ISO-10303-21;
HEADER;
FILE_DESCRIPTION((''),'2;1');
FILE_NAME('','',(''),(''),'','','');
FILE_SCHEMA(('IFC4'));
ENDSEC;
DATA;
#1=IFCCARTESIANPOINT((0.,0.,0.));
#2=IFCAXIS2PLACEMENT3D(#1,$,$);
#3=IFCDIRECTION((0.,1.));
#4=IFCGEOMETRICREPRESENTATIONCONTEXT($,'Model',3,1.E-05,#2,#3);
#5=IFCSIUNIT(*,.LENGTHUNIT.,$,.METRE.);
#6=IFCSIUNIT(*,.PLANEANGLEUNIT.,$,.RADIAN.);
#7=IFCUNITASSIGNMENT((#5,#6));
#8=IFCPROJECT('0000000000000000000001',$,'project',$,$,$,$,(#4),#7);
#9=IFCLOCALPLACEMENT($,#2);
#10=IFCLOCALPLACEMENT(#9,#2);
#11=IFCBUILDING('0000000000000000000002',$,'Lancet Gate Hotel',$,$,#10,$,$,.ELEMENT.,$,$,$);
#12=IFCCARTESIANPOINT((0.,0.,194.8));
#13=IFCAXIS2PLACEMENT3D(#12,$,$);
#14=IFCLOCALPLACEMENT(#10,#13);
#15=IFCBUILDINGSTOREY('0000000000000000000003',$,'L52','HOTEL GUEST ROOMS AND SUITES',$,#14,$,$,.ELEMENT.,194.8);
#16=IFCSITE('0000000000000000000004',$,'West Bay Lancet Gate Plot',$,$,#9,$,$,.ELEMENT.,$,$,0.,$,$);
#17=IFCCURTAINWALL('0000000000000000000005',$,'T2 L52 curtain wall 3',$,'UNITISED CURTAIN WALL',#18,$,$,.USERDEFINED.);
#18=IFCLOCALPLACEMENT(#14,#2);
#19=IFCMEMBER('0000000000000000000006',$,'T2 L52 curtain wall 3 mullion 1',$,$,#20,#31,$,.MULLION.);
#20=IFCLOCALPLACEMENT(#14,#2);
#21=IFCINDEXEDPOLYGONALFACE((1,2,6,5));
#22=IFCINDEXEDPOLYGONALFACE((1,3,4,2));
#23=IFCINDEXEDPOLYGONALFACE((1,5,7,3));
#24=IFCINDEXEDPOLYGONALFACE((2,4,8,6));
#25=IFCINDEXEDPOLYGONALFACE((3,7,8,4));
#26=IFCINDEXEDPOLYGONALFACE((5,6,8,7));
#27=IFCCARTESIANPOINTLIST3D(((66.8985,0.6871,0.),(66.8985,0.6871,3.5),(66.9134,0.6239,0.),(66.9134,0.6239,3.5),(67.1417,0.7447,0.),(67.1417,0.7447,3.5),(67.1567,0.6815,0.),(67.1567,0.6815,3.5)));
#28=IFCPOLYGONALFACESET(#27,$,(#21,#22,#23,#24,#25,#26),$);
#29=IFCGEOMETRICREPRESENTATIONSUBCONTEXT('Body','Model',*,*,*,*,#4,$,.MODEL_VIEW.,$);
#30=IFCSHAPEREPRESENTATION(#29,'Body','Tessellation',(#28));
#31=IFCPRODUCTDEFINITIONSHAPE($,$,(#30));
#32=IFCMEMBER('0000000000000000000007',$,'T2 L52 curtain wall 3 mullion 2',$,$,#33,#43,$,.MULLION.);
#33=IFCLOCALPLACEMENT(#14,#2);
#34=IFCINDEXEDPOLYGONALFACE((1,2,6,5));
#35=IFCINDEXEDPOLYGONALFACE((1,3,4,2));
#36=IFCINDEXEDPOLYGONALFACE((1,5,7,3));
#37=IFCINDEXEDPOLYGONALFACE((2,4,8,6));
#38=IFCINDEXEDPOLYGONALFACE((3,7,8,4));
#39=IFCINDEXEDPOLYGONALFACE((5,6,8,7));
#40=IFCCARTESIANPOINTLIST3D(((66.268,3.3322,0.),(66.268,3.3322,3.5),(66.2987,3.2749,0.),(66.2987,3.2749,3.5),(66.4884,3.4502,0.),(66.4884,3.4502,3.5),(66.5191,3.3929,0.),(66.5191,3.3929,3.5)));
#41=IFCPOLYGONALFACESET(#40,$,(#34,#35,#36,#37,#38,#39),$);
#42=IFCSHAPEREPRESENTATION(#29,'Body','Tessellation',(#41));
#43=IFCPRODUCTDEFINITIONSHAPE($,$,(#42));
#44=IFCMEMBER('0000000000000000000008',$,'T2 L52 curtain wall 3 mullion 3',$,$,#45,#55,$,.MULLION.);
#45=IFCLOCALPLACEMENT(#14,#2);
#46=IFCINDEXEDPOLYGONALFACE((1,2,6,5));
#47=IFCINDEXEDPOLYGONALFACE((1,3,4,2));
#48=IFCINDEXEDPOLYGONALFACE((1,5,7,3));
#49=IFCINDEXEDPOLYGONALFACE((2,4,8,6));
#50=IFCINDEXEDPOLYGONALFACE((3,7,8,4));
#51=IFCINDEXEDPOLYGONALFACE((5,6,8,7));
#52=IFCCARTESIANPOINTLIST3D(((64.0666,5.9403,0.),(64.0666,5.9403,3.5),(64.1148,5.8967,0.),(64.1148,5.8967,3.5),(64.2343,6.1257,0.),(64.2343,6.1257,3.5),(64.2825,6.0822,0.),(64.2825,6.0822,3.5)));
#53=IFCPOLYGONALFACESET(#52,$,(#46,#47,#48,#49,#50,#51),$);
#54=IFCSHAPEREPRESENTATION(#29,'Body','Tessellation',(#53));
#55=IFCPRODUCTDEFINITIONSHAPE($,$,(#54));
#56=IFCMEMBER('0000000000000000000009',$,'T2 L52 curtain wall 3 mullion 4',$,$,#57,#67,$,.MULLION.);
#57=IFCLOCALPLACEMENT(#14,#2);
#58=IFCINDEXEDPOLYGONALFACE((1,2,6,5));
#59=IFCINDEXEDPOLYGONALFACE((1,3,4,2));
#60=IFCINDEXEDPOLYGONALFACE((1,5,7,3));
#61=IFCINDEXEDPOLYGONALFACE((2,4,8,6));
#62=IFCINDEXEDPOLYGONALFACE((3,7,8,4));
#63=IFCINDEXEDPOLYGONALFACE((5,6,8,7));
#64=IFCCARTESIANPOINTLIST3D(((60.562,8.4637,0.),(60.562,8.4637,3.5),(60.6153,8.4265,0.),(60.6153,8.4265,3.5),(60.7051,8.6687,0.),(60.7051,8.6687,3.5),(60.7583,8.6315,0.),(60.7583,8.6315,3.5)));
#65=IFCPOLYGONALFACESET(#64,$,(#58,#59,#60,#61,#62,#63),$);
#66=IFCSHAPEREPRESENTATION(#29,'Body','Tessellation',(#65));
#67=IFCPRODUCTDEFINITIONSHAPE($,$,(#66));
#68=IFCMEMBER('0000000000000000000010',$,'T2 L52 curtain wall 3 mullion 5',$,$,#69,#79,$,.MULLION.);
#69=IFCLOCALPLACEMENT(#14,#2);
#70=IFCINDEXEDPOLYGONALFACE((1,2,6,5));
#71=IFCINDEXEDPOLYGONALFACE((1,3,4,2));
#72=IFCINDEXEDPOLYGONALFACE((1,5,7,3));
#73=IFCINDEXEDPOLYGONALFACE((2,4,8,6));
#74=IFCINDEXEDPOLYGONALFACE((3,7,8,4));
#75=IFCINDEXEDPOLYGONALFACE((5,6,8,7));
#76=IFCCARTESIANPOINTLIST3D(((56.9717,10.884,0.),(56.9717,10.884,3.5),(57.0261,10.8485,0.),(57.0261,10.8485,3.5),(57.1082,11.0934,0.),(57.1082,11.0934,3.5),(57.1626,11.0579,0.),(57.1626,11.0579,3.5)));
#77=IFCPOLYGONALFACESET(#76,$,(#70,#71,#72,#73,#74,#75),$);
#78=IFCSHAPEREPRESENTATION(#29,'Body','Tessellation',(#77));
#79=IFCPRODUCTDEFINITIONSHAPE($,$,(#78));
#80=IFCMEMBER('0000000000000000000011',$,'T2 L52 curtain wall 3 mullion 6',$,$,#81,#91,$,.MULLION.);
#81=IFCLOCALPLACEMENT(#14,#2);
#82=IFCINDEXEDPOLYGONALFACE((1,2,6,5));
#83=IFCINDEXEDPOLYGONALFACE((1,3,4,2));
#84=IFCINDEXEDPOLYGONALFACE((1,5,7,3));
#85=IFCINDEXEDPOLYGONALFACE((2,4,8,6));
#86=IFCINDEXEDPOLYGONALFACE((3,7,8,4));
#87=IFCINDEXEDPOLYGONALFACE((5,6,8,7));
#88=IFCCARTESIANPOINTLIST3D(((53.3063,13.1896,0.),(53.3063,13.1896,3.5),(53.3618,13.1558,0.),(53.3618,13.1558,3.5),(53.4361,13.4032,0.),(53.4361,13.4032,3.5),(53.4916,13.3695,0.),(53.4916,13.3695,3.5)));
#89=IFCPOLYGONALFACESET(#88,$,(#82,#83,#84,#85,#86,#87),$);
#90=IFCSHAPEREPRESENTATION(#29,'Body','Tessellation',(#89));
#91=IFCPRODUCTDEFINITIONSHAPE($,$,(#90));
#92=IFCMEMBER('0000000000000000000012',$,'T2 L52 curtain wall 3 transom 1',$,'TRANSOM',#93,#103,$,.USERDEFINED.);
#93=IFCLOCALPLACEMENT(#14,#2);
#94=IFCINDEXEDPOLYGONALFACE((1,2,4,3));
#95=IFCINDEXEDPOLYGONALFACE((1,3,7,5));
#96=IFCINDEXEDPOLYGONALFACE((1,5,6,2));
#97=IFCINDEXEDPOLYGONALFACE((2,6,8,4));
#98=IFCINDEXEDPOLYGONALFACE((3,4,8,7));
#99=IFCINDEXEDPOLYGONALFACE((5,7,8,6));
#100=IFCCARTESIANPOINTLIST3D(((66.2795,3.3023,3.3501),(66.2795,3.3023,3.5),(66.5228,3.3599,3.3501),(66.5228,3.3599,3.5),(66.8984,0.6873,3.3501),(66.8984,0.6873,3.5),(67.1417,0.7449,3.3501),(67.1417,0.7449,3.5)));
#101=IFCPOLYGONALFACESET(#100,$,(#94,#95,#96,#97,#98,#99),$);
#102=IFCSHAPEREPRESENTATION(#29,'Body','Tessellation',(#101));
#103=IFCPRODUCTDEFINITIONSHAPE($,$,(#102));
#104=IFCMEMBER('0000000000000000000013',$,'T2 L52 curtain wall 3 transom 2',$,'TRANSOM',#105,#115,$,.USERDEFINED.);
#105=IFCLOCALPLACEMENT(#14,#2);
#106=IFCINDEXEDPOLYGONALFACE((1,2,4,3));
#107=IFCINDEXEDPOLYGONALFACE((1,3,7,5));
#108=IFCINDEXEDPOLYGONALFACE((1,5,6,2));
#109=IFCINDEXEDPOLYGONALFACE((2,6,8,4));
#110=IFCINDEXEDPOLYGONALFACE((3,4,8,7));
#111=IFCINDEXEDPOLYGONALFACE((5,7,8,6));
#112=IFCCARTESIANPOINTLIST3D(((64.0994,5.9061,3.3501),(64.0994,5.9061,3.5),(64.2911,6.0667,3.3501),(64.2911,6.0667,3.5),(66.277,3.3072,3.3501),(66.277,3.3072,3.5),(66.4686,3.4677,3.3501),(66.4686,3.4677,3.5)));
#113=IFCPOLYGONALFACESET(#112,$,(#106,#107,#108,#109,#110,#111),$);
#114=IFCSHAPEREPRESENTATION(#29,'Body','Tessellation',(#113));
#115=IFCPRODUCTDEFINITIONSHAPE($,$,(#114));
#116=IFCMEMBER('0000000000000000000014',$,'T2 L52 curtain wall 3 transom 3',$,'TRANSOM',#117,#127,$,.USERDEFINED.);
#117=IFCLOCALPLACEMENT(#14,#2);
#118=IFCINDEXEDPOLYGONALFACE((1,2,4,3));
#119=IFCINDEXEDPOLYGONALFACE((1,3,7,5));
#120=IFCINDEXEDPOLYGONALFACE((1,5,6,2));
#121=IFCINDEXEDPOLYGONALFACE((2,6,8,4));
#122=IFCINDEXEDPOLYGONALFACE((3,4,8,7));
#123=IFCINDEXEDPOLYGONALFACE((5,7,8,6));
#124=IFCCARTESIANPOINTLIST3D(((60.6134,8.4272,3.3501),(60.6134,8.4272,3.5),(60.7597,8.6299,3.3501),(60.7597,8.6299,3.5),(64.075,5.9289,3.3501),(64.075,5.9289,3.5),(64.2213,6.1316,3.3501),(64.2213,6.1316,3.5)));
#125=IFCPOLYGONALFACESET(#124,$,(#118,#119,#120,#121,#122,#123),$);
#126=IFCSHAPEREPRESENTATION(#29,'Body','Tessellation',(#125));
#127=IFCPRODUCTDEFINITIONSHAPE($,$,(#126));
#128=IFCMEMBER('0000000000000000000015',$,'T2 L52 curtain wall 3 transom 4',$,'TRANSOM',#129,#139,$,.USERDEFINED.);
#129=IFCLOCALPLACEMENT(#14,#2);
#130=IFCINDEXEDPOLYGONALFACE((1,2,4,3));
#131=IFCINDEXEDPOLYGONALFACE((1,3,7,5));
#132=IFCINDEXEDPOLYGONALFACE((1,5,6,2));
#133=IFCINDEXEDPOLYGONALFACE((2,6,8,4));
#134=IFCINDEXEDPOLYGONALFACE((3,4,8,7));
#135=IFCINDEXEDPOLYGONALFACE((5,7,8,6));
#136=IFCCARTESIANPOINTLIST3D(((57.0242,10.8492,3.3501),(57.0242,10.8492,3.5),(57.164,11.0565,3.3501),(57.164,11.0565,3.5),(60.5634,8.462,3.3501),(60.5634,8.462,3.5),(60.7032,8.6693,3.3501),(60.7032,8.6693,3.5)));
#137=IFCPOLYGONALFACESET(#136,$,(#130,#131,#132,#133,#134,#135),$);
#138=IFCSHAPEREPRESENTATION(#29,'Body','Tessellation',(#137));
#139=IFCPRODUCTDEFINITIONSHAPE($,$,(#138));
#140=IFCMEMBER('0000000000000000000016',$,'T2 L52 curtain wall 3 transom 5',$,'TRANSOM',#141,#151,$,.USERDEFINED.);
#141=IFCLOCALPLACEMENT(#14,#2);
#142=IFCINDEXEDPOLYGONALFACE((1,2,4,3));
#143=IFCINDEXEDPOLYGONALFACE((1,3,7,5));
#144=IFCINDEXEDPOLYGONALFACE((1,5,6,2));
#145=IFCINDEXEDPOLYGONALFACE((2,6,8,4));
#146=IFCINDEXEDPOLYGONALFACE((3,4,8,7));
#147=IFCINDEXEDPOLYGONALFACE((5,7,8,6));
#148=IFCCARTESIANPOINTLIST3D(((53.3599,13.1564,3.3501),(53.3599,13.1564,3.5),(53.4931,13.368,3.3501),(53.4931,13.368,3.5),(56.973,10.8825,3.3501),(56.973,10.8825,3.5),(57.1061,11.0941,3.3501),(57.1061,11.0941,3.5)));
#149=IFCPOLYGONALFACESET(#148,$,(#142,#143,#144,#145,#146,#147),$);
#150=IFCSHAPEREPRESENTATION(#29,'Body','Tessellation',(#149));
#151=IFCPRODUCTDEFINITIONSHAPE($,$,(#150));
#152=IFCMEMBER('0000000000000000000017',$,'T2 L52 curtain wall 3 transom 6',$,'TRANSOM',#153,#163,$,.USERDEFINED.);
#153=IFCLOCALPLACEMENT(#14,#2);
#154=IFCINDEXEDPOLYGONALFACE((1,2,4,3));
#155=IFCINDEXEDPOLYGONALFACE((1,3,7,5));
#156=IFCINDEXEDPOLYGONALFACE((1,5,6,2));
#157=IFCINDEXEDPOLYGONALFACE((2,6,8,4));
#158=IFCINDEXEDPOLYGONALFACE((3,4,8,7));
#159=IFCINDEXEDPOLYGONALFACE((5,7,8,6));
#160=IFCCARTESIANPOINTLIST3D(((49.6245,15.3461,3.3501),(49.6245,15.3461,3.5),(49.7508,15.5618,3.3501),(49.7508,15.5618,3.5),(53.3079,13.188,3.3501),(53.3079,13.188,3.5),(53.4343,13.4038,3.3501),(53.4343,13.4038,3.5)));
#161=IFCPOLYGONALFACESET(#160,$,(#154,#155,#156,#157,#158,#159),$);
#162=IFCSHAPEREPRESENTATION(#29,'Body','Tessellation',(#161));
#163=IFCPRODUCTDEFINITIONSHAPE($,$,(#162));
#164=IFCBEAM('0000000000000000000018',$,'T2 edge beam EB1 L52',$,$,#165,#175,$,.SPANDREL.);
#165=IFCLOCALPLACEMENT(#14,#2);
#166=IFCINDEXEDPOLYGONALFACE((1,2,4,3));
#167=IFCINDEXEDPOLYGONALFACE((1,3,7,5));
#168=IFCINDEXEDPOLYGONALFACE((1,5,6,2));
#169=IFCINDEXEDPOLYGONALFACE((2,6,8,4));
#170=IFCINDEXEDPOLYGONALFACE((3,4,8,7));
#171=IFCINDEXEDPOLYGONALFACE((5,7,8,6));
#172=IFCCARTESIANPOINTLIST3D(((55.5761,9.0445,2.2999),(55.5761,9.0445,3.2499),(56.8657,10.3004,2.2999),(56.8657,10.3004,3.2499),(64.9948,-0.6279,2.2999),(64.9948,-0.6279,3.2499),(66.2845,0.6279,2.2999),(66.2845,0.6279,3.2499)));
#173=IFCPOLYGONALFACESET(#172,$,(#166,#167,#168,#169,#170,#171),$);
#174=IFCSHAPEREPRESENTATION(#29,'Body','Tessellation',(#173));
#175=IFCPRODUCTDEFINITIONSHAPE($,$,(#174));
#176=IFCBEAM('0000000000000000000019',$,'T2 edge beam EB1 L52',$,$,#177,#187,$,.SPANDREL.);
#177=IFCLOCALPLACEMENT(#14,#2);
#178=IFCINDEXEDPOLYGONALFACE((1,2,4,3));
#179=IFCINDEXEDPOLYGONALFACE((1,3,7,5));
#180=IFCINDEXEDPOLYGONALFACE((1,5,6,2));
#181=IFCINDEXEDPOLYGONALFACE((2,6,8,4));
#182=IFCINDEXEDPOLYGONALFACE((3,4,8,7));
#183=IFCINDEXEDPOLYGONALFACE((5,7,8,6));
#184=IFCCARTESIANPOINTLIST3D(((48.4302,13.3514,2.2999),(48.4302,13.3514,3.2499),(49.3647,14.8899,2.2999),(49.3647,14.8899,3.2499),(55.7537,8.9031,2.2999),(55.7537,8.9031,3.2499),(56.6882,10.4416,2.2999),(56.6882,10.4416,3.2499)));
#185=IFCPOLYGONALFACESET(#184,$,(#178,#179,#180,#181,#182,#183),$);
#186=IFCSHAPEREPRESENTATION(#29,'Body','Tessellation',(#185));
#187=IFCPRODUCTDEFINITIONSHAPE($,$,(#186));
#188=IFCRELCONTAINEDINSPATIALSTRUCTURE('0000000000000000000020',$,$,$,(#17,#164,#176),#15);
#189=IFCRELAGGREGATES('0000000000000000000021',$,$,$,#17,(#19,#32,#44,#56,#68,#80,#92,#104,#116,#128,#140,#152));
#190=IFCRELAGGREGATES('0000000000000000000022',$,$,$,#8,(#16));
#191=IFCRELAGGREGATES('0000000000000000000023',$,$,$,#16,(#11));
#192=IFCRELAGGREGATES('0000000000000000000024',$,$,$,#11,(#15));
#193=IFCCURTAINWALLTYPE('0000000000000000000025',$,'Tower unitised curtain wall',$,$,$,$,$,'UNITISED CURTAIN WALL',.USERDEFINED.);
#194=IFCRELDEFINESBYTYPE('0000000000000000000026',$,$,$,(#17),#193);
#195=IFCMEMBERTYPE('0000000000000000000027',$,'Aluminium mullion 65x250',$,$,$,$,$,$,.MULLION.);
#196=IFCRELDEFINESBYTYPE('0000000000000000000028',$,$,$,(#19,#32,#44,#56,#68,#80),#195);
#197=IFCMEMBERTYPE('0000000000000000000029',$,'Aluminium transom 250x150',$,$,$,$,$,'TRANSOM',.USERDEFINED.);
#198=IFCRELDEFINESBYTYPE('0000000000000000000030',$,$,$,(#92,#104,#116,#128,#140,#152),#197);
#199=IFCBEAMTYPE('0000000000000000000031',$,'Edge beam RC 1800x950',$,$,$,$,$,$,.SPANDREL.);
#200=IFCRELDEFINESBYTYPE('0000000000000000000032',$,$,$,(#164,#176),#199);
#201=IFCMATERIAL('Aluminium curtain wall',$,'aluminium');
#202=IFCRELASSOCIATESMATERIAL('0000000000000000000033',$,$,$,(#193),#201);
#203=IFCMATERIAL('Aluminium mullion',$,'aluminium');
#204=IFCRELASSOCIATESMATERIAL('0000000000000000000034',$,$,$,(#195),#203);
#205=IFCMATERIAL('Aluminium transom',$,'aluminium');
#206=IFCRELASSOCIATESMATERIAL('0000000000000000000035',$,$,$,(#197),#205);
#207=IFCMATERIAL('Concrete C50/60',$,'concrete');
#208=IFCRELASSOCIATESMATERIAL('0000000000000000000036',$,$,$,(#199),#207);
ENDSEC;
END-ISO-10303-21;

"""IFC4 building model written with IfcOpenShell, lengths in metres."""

from ifc_helpers import new_model, si_unit, direction, frame, origin, origin_2d, place, context, subcontext, project, spatial, rectangle, extrude, material, material_profile, profile_set, type_object, element, aggregate, save


model = new_model("IFC4")

# Units and contexts
model_context = context("Model", 3, precision=1e-05, world=origin(), true_north=direction((0.0, 1.0)))
body_context = subcontext(model_context, "Body", "Model", "MODEL_VIEW")
ifc_project = project(units=[si_unit("LENGTHUNIT", "METRE"), si_unit("PLANEANGLEUNIT", "RADIAN")], contexts=[model_context])

# Site, building, storey
site_placement = place(None, origin())
site = spatial("IfcSite", under=ifc_project, at=site_placement, Name="West Bay Lancet Gate Plot", CompositionType="ELEMENT", RefElevation=0.0)
building_placement = place(site_placement, origin())
building = spatial("IfcBuilding", under=site, at=building_placement, Name="Lancet Gate Hotel", CompositionType="ELEMENT")
storey_placement = place(building_placement, frame((0.0, 0.0, 194.8)))
storey = spatial("IfcBuildingStorey", under=building, at=storey_placement, Name="L52", Description="HOTEL GUEST ROOMS AND SUITES", CompositionType="ELEMENT", Elevation=194.8)

# Curtain wall, members
ifc_material_1 = material(Name="Aluminium curtain wall", Category="aluminium")
curtain_wall_type = type_object("IfcCurtainWallType", Name="Tower unitised curtain wall", ElementType="UNITISED CURTAIN WALL", PredefinedType="USERDEFINED", material=ifc_material_1)
curtain_wall_placement = place(storey_placement, origin())
curtain_wall = element("IfcCurtainWall", 1, at=curtain_wall_placement, inside=storey, type_object=curtain_wall_type, Name="T2 L52 curtain wall 3", ObjectType="UNITISED CURTAIN WALL", PredefinedType="USERDEFINED")
ifc_material_2 = material(Name="Aluminium mullion", Category="aluminium")
ifc_material_profile_1 = material_profile(ifc_material_2, rectangle(XDim=0.0649, YDim=0.25, at=origin_2d()), Name="MULLION 65x250")
ifc_profile_set_1 = profile_set([ifc_material_profile_1], Name="Aluminium mullion")
member_type_1 = type_object("IfcMemberType", Name="Aluminium mullion 65x250", PredefinedType="MULLION", material=ifc_profile_set_1)
member_1_placement = place(storey_placement, frame((67.0276, 0.6843, 0.0), z_axis=(0.0, 0.0, 1.0), x_axis=(-0.230367, 0.973104, 0.0)))
member_1 = element("IfcMember", 2, at=member_1_placement, type_object=member_type_1, Name="T2 L52 curtain wall 3 mullion 1", PredefinedType="MULLION", context=body_context, shape_type="SweptSolid", body=[
    extrude(rectangle(XDim=0.0649, YDim=0.25, at=origin_2d()), origin(), (0.0, 0.0, 1.0), 3.5),
])
member_2_placement = place(storey_placement, frame((66.3936, 3.3625, 0.0), z_axis=(0.0, 0.0, 1.0), x_axis=(-0.472146, 0.88152, 0.0)))
member_2 = element("IfcMember", 3, at=member_2_placement, type_object=member_type_1, Name="T2 L52 curtain wall 3 mullion 2", PredefinedType="MULLION", context=body_context, shape_type="SweptSolid", body=[
    extrude(rectangle(XDim=0.0649, YDim=0.25, at=origin_2d()), origin(), (0.0, 0.0, 1.0), 3.5),
])
member_3_placement = place(storey_placement, frame((64.1746, 6.0112, 0.0), z_axis=(0.0, 0.0, 1.0), x_axis=(-0.741693, 0.670739, 0.0)))
member_3 = element("IfcMember", 4, at=member_3_placement, type_object=member_type_1, Name="T2 L52 curtain wall 3 mullion 3", PredefinedType="MULLION", context=body_context, shape_type="SweptSolid", body=[
    extrude(rectangle(XDim=0.0649, YDim=0.25, at=origin_2d()), origin(), (0.0, 0.0, 1.0), 3.5),
])
member_4_placement = place(storey_placement, frame((60.6602, 8.5476, 0.0), z_axis=(0.0, 0.0, 1.0), x_axis=(-0.820068, 0.572266, 0.0)))
member_4 = element("IfcMember", 5, at=member_4_placement, type_object=member_type_1, Name="T2 L52 curtain wall 3 mullion 4", PredefinedType="MULLION", context=body_context, shape_type="SweptSolid", body=[
    extrude(rectangle(XDim=0.0649, YDim=0.25, at=origin_2d()), origin(), (0.0, 0.0, 1.0), 3.5),
])
member_5_placement = place(storey_placement, frame((57.0671, 10.9709, 0.0), z_axis=(0.0, 0.0, 1.0), x_axis=(-0.837801, 0.545976, 0.0)))
member_5 = element("IfcMember", 6, at=member_5_placement, type_object=member_type_1, Name="T2 L52 curtain wall 3 mullion 5", PredefinedType="MULLION", context=body_context, shape_type="SweptSolid", body=[
    extrude(rectangle(XDim=0.0649, YDim=0.25, at=origin_2d()), origin(), (0.0, 0.0, 1.0), 3.5),
])
member_6_placement = place(storey_placement, frame((53.3989, 13.2795, 0.0), z_axis=(0.0, 0.0, 1.0), x_axis=(-0.854691, 0.519137, 0.0)))
member_6 = element("IfcMember", 7, at=member_6_placement, type_object=member_type_1, Name="T2 L52 curtain wall 3 mullion 6", PredefinedType="MULLION", context=body_context, shape_type="SweptSolid", body=[
    extrude(rectangle(XDim=0.0649, YDim=0.25, at=origin_2d()), origin(), (0.0, 0.0, 1.0), 3.5),
])
ifc_material_3 = material(Name="Aluminium transom", Category="aluminium")
ifc_material_profile_2 = material_profile(ifc_material_3, rectangle(XDim=0.25, YDim=0.1499, at=origin_2d()), Name="TRANSOM 250x150")
ifc_profile_set_2 = profile_set([ifc_material_profile_2], Name="Aluminium transom")
member_type_2 = type_object("IfcMemberType", Name="Aluminium transom 250x150", ElementType="TRANSOM", PredefinedType="USERDEFINED", material=ifc_profile_set_2)
member_7_placement = place(storey_placement, frame((67.02, 0.7161, 3.425), z_axis=(-0.23031, 0.973117, 0.0), x_axis=(-0.973117, -0.23031, 0.0)))
member_7 = element("IfcMember", 8, at=member_7_placement, type_object=member_type_2, Name="T2 L52 curtain wall 3 transom 1", ObjectType="TRANSOM", PredefinedType="USERDEFINED", context=body_context, shape_type="SweptSolid", body=[
    extrude(rectangle(XDim=0.25, YDim=0.1499, at=origin_2d()), origin(), (0.0, 0.0, 1.0), 2.6873),
])
member_8_placement = place(storey_placement, frame((66.3728, 3.3875, 3.425), z_axis=(-0.642229, 0.766513, 0.0), x_axis=(-0.766513, -0.642229, 0.0)))
member_8 = element("IfcMember", 9, at=member_8_placement, type_object=member_type_2, Name="T2 L52 curtain wall 3 transom 2", ObjectType="TRANSOM", PredefinedType="USERDEFINED", context=body_context, shape_type="SweptSolid", body=[
    extrude(rectangle(XDim=0.25, YDim=0.1499, at=origin_2d()), origin(), (0.0, 0.0, 1.0), 3.3906),
])
member_9_placement = place(storey_placement, frame((64.1482, 6.0303, 3.425), z_axis=(-0.81088, 0.585213, 0.0), x_axis=(-0.585213, -0.81088, 0.0)))
member_9 = element("IfcMember", 10, at=member_9_placement, type_object=member_type_2, Name="T2 L52 curtain wall 3 transom 3", ObjectType="TRANSOM", PredefinedType="USERDEFINED", context=body_context, shape_type="SweptSolid", body=[
    extrude(rectangle(XDim=0.25, YDim=0.1499, at=origin_2d()), origin(), (0.0, 0.0, 1.0), 4.269),
])
member_10_placement = place(storey_placement, frame((60.6333, 8.5657, 3.425), z_axis=(-0.829047, 0.559179, 0.0), x_axis=(-0.559179, -0.829047, 0.0)))
member_10 = element("IfcMember", 11, at=member_10_placement, type_object=member_type_2, Name="T2 L52 curtain wall 3 transom 4", ObjectType="TRANSOM", PredefinedType="USERDEFINED", context=body_context, shape_type="SweptSolid", body=[
    extrude(rectangle(XDim=0.25, YDim=0.1499, at=origin_2d()), origin(), (0.0, 0.0, 1.0), 4.269),
])
member_11_placement = place(storey_placement, frame((57.0396, 10.9883, 3.425), z_axis=(-0.846333, 0.532654, 0.0), x_axis=(-0.532654, -0.846333, 0.0)))
member_11 = element("IfcMember", 12, at=member_11_placement, type_object=member_type_2, Name="T2 L52 curtain wall 3 transom 5", ObjectType="TRANSOM", PredefinedType="USERDEFINED", context=body_context, shape_type="SweptSolid", body=[
    extrude(rectangle(XDim=0.25, YDim=0.1499, at=origin_2d()), origin(), (0.0, 0.0, 1.0), 4.269),
])
member_12_placement = place(storey_placement, frame((53.3711, 13.2959, 3.425), z_axis=(-0.862825, 0.505502, 0.0), x_axis=(-0.505502, -0.862825, 0.0)))
member_12 = element("IfcMember", 13, at=member_12_placement, type_object=member_type_2, Name="T2 L52 curtain wall 3 transom 6", ObjectType="TRANSOM", PredefinedType="USERDEFINED", context=body_context, shape_type="SweptSolid", body=[
    extrude(rectangle(XDim=0.25, YDim=0.1499, at=origin_2d()), origin(), (0.0, 0.0, 1.0), 4.269),
])

# Beams
ifc_material_4 = material(Name="Concrete C50/60", Category="concrete")
ifc_material_profile_3 = material_profile(ifc_material_4, rectangle(XDim=1.8, YDim=0.95, at=origin_2d()), Name="RC 1800x950")
ifc_profile_set_3 = profile_set([ifc_material_profile_3], Name="Concrete C50/60")
beam_type_1 = type_object("IfcBeamType", Name="Edge beam RC 1800x950", PredefinedType="SPANDREL", material=ifc_profile_set_3)
beam_1_placement = place(storey_placement, frame((65.6396, 0.0, 2.7749), z_axis=(-0.69765, 0.716439, 0.0), x_axis=(-0.716439, -0.69765, 0.0)))
element("IfcBeam", 14, at=beam_1_placement, inside=storey, type_object=beam_type_1, Name="T2 edge beam EB1 L52", PredefinedType="SPANDREL", context=body_context, shape_type="SweptSolid", body=[
    extrude(rectangle(XDim=1.8, YDim=0.95, at=origin_2d()), origin(), (0.0, 0.0, 1.0), 13.5007),
])
beam_2_placement = place(storey_placement, frame((56.2209, 9.6724, 2.7749), z_axis=(-0.854692, 0.519135, 0.0), x_axis=(-0.519135, -0.854692, 0.0)))
element("IfcBeam", 15, at=beam_2_placement, inside=storey, type_object=beam_type_1, Name="T2 edge beam EB1 L52", PredefinedType="SPANDREL", context=body_context, shape_type="SweptSolid", body=[
    extrude(rectangle(XDim=1.8, YDim=0.95, at=origin_2d()), origin(), (0.0, 0.0, 1.0), 8.5686),
])

aggregate(curtain_wall, [member_1, member_2, member_3, member_4, member_5, member_6, member_7, member_8, member_9, member_10, member_11, member_12])

save(model, "model.ifc")
